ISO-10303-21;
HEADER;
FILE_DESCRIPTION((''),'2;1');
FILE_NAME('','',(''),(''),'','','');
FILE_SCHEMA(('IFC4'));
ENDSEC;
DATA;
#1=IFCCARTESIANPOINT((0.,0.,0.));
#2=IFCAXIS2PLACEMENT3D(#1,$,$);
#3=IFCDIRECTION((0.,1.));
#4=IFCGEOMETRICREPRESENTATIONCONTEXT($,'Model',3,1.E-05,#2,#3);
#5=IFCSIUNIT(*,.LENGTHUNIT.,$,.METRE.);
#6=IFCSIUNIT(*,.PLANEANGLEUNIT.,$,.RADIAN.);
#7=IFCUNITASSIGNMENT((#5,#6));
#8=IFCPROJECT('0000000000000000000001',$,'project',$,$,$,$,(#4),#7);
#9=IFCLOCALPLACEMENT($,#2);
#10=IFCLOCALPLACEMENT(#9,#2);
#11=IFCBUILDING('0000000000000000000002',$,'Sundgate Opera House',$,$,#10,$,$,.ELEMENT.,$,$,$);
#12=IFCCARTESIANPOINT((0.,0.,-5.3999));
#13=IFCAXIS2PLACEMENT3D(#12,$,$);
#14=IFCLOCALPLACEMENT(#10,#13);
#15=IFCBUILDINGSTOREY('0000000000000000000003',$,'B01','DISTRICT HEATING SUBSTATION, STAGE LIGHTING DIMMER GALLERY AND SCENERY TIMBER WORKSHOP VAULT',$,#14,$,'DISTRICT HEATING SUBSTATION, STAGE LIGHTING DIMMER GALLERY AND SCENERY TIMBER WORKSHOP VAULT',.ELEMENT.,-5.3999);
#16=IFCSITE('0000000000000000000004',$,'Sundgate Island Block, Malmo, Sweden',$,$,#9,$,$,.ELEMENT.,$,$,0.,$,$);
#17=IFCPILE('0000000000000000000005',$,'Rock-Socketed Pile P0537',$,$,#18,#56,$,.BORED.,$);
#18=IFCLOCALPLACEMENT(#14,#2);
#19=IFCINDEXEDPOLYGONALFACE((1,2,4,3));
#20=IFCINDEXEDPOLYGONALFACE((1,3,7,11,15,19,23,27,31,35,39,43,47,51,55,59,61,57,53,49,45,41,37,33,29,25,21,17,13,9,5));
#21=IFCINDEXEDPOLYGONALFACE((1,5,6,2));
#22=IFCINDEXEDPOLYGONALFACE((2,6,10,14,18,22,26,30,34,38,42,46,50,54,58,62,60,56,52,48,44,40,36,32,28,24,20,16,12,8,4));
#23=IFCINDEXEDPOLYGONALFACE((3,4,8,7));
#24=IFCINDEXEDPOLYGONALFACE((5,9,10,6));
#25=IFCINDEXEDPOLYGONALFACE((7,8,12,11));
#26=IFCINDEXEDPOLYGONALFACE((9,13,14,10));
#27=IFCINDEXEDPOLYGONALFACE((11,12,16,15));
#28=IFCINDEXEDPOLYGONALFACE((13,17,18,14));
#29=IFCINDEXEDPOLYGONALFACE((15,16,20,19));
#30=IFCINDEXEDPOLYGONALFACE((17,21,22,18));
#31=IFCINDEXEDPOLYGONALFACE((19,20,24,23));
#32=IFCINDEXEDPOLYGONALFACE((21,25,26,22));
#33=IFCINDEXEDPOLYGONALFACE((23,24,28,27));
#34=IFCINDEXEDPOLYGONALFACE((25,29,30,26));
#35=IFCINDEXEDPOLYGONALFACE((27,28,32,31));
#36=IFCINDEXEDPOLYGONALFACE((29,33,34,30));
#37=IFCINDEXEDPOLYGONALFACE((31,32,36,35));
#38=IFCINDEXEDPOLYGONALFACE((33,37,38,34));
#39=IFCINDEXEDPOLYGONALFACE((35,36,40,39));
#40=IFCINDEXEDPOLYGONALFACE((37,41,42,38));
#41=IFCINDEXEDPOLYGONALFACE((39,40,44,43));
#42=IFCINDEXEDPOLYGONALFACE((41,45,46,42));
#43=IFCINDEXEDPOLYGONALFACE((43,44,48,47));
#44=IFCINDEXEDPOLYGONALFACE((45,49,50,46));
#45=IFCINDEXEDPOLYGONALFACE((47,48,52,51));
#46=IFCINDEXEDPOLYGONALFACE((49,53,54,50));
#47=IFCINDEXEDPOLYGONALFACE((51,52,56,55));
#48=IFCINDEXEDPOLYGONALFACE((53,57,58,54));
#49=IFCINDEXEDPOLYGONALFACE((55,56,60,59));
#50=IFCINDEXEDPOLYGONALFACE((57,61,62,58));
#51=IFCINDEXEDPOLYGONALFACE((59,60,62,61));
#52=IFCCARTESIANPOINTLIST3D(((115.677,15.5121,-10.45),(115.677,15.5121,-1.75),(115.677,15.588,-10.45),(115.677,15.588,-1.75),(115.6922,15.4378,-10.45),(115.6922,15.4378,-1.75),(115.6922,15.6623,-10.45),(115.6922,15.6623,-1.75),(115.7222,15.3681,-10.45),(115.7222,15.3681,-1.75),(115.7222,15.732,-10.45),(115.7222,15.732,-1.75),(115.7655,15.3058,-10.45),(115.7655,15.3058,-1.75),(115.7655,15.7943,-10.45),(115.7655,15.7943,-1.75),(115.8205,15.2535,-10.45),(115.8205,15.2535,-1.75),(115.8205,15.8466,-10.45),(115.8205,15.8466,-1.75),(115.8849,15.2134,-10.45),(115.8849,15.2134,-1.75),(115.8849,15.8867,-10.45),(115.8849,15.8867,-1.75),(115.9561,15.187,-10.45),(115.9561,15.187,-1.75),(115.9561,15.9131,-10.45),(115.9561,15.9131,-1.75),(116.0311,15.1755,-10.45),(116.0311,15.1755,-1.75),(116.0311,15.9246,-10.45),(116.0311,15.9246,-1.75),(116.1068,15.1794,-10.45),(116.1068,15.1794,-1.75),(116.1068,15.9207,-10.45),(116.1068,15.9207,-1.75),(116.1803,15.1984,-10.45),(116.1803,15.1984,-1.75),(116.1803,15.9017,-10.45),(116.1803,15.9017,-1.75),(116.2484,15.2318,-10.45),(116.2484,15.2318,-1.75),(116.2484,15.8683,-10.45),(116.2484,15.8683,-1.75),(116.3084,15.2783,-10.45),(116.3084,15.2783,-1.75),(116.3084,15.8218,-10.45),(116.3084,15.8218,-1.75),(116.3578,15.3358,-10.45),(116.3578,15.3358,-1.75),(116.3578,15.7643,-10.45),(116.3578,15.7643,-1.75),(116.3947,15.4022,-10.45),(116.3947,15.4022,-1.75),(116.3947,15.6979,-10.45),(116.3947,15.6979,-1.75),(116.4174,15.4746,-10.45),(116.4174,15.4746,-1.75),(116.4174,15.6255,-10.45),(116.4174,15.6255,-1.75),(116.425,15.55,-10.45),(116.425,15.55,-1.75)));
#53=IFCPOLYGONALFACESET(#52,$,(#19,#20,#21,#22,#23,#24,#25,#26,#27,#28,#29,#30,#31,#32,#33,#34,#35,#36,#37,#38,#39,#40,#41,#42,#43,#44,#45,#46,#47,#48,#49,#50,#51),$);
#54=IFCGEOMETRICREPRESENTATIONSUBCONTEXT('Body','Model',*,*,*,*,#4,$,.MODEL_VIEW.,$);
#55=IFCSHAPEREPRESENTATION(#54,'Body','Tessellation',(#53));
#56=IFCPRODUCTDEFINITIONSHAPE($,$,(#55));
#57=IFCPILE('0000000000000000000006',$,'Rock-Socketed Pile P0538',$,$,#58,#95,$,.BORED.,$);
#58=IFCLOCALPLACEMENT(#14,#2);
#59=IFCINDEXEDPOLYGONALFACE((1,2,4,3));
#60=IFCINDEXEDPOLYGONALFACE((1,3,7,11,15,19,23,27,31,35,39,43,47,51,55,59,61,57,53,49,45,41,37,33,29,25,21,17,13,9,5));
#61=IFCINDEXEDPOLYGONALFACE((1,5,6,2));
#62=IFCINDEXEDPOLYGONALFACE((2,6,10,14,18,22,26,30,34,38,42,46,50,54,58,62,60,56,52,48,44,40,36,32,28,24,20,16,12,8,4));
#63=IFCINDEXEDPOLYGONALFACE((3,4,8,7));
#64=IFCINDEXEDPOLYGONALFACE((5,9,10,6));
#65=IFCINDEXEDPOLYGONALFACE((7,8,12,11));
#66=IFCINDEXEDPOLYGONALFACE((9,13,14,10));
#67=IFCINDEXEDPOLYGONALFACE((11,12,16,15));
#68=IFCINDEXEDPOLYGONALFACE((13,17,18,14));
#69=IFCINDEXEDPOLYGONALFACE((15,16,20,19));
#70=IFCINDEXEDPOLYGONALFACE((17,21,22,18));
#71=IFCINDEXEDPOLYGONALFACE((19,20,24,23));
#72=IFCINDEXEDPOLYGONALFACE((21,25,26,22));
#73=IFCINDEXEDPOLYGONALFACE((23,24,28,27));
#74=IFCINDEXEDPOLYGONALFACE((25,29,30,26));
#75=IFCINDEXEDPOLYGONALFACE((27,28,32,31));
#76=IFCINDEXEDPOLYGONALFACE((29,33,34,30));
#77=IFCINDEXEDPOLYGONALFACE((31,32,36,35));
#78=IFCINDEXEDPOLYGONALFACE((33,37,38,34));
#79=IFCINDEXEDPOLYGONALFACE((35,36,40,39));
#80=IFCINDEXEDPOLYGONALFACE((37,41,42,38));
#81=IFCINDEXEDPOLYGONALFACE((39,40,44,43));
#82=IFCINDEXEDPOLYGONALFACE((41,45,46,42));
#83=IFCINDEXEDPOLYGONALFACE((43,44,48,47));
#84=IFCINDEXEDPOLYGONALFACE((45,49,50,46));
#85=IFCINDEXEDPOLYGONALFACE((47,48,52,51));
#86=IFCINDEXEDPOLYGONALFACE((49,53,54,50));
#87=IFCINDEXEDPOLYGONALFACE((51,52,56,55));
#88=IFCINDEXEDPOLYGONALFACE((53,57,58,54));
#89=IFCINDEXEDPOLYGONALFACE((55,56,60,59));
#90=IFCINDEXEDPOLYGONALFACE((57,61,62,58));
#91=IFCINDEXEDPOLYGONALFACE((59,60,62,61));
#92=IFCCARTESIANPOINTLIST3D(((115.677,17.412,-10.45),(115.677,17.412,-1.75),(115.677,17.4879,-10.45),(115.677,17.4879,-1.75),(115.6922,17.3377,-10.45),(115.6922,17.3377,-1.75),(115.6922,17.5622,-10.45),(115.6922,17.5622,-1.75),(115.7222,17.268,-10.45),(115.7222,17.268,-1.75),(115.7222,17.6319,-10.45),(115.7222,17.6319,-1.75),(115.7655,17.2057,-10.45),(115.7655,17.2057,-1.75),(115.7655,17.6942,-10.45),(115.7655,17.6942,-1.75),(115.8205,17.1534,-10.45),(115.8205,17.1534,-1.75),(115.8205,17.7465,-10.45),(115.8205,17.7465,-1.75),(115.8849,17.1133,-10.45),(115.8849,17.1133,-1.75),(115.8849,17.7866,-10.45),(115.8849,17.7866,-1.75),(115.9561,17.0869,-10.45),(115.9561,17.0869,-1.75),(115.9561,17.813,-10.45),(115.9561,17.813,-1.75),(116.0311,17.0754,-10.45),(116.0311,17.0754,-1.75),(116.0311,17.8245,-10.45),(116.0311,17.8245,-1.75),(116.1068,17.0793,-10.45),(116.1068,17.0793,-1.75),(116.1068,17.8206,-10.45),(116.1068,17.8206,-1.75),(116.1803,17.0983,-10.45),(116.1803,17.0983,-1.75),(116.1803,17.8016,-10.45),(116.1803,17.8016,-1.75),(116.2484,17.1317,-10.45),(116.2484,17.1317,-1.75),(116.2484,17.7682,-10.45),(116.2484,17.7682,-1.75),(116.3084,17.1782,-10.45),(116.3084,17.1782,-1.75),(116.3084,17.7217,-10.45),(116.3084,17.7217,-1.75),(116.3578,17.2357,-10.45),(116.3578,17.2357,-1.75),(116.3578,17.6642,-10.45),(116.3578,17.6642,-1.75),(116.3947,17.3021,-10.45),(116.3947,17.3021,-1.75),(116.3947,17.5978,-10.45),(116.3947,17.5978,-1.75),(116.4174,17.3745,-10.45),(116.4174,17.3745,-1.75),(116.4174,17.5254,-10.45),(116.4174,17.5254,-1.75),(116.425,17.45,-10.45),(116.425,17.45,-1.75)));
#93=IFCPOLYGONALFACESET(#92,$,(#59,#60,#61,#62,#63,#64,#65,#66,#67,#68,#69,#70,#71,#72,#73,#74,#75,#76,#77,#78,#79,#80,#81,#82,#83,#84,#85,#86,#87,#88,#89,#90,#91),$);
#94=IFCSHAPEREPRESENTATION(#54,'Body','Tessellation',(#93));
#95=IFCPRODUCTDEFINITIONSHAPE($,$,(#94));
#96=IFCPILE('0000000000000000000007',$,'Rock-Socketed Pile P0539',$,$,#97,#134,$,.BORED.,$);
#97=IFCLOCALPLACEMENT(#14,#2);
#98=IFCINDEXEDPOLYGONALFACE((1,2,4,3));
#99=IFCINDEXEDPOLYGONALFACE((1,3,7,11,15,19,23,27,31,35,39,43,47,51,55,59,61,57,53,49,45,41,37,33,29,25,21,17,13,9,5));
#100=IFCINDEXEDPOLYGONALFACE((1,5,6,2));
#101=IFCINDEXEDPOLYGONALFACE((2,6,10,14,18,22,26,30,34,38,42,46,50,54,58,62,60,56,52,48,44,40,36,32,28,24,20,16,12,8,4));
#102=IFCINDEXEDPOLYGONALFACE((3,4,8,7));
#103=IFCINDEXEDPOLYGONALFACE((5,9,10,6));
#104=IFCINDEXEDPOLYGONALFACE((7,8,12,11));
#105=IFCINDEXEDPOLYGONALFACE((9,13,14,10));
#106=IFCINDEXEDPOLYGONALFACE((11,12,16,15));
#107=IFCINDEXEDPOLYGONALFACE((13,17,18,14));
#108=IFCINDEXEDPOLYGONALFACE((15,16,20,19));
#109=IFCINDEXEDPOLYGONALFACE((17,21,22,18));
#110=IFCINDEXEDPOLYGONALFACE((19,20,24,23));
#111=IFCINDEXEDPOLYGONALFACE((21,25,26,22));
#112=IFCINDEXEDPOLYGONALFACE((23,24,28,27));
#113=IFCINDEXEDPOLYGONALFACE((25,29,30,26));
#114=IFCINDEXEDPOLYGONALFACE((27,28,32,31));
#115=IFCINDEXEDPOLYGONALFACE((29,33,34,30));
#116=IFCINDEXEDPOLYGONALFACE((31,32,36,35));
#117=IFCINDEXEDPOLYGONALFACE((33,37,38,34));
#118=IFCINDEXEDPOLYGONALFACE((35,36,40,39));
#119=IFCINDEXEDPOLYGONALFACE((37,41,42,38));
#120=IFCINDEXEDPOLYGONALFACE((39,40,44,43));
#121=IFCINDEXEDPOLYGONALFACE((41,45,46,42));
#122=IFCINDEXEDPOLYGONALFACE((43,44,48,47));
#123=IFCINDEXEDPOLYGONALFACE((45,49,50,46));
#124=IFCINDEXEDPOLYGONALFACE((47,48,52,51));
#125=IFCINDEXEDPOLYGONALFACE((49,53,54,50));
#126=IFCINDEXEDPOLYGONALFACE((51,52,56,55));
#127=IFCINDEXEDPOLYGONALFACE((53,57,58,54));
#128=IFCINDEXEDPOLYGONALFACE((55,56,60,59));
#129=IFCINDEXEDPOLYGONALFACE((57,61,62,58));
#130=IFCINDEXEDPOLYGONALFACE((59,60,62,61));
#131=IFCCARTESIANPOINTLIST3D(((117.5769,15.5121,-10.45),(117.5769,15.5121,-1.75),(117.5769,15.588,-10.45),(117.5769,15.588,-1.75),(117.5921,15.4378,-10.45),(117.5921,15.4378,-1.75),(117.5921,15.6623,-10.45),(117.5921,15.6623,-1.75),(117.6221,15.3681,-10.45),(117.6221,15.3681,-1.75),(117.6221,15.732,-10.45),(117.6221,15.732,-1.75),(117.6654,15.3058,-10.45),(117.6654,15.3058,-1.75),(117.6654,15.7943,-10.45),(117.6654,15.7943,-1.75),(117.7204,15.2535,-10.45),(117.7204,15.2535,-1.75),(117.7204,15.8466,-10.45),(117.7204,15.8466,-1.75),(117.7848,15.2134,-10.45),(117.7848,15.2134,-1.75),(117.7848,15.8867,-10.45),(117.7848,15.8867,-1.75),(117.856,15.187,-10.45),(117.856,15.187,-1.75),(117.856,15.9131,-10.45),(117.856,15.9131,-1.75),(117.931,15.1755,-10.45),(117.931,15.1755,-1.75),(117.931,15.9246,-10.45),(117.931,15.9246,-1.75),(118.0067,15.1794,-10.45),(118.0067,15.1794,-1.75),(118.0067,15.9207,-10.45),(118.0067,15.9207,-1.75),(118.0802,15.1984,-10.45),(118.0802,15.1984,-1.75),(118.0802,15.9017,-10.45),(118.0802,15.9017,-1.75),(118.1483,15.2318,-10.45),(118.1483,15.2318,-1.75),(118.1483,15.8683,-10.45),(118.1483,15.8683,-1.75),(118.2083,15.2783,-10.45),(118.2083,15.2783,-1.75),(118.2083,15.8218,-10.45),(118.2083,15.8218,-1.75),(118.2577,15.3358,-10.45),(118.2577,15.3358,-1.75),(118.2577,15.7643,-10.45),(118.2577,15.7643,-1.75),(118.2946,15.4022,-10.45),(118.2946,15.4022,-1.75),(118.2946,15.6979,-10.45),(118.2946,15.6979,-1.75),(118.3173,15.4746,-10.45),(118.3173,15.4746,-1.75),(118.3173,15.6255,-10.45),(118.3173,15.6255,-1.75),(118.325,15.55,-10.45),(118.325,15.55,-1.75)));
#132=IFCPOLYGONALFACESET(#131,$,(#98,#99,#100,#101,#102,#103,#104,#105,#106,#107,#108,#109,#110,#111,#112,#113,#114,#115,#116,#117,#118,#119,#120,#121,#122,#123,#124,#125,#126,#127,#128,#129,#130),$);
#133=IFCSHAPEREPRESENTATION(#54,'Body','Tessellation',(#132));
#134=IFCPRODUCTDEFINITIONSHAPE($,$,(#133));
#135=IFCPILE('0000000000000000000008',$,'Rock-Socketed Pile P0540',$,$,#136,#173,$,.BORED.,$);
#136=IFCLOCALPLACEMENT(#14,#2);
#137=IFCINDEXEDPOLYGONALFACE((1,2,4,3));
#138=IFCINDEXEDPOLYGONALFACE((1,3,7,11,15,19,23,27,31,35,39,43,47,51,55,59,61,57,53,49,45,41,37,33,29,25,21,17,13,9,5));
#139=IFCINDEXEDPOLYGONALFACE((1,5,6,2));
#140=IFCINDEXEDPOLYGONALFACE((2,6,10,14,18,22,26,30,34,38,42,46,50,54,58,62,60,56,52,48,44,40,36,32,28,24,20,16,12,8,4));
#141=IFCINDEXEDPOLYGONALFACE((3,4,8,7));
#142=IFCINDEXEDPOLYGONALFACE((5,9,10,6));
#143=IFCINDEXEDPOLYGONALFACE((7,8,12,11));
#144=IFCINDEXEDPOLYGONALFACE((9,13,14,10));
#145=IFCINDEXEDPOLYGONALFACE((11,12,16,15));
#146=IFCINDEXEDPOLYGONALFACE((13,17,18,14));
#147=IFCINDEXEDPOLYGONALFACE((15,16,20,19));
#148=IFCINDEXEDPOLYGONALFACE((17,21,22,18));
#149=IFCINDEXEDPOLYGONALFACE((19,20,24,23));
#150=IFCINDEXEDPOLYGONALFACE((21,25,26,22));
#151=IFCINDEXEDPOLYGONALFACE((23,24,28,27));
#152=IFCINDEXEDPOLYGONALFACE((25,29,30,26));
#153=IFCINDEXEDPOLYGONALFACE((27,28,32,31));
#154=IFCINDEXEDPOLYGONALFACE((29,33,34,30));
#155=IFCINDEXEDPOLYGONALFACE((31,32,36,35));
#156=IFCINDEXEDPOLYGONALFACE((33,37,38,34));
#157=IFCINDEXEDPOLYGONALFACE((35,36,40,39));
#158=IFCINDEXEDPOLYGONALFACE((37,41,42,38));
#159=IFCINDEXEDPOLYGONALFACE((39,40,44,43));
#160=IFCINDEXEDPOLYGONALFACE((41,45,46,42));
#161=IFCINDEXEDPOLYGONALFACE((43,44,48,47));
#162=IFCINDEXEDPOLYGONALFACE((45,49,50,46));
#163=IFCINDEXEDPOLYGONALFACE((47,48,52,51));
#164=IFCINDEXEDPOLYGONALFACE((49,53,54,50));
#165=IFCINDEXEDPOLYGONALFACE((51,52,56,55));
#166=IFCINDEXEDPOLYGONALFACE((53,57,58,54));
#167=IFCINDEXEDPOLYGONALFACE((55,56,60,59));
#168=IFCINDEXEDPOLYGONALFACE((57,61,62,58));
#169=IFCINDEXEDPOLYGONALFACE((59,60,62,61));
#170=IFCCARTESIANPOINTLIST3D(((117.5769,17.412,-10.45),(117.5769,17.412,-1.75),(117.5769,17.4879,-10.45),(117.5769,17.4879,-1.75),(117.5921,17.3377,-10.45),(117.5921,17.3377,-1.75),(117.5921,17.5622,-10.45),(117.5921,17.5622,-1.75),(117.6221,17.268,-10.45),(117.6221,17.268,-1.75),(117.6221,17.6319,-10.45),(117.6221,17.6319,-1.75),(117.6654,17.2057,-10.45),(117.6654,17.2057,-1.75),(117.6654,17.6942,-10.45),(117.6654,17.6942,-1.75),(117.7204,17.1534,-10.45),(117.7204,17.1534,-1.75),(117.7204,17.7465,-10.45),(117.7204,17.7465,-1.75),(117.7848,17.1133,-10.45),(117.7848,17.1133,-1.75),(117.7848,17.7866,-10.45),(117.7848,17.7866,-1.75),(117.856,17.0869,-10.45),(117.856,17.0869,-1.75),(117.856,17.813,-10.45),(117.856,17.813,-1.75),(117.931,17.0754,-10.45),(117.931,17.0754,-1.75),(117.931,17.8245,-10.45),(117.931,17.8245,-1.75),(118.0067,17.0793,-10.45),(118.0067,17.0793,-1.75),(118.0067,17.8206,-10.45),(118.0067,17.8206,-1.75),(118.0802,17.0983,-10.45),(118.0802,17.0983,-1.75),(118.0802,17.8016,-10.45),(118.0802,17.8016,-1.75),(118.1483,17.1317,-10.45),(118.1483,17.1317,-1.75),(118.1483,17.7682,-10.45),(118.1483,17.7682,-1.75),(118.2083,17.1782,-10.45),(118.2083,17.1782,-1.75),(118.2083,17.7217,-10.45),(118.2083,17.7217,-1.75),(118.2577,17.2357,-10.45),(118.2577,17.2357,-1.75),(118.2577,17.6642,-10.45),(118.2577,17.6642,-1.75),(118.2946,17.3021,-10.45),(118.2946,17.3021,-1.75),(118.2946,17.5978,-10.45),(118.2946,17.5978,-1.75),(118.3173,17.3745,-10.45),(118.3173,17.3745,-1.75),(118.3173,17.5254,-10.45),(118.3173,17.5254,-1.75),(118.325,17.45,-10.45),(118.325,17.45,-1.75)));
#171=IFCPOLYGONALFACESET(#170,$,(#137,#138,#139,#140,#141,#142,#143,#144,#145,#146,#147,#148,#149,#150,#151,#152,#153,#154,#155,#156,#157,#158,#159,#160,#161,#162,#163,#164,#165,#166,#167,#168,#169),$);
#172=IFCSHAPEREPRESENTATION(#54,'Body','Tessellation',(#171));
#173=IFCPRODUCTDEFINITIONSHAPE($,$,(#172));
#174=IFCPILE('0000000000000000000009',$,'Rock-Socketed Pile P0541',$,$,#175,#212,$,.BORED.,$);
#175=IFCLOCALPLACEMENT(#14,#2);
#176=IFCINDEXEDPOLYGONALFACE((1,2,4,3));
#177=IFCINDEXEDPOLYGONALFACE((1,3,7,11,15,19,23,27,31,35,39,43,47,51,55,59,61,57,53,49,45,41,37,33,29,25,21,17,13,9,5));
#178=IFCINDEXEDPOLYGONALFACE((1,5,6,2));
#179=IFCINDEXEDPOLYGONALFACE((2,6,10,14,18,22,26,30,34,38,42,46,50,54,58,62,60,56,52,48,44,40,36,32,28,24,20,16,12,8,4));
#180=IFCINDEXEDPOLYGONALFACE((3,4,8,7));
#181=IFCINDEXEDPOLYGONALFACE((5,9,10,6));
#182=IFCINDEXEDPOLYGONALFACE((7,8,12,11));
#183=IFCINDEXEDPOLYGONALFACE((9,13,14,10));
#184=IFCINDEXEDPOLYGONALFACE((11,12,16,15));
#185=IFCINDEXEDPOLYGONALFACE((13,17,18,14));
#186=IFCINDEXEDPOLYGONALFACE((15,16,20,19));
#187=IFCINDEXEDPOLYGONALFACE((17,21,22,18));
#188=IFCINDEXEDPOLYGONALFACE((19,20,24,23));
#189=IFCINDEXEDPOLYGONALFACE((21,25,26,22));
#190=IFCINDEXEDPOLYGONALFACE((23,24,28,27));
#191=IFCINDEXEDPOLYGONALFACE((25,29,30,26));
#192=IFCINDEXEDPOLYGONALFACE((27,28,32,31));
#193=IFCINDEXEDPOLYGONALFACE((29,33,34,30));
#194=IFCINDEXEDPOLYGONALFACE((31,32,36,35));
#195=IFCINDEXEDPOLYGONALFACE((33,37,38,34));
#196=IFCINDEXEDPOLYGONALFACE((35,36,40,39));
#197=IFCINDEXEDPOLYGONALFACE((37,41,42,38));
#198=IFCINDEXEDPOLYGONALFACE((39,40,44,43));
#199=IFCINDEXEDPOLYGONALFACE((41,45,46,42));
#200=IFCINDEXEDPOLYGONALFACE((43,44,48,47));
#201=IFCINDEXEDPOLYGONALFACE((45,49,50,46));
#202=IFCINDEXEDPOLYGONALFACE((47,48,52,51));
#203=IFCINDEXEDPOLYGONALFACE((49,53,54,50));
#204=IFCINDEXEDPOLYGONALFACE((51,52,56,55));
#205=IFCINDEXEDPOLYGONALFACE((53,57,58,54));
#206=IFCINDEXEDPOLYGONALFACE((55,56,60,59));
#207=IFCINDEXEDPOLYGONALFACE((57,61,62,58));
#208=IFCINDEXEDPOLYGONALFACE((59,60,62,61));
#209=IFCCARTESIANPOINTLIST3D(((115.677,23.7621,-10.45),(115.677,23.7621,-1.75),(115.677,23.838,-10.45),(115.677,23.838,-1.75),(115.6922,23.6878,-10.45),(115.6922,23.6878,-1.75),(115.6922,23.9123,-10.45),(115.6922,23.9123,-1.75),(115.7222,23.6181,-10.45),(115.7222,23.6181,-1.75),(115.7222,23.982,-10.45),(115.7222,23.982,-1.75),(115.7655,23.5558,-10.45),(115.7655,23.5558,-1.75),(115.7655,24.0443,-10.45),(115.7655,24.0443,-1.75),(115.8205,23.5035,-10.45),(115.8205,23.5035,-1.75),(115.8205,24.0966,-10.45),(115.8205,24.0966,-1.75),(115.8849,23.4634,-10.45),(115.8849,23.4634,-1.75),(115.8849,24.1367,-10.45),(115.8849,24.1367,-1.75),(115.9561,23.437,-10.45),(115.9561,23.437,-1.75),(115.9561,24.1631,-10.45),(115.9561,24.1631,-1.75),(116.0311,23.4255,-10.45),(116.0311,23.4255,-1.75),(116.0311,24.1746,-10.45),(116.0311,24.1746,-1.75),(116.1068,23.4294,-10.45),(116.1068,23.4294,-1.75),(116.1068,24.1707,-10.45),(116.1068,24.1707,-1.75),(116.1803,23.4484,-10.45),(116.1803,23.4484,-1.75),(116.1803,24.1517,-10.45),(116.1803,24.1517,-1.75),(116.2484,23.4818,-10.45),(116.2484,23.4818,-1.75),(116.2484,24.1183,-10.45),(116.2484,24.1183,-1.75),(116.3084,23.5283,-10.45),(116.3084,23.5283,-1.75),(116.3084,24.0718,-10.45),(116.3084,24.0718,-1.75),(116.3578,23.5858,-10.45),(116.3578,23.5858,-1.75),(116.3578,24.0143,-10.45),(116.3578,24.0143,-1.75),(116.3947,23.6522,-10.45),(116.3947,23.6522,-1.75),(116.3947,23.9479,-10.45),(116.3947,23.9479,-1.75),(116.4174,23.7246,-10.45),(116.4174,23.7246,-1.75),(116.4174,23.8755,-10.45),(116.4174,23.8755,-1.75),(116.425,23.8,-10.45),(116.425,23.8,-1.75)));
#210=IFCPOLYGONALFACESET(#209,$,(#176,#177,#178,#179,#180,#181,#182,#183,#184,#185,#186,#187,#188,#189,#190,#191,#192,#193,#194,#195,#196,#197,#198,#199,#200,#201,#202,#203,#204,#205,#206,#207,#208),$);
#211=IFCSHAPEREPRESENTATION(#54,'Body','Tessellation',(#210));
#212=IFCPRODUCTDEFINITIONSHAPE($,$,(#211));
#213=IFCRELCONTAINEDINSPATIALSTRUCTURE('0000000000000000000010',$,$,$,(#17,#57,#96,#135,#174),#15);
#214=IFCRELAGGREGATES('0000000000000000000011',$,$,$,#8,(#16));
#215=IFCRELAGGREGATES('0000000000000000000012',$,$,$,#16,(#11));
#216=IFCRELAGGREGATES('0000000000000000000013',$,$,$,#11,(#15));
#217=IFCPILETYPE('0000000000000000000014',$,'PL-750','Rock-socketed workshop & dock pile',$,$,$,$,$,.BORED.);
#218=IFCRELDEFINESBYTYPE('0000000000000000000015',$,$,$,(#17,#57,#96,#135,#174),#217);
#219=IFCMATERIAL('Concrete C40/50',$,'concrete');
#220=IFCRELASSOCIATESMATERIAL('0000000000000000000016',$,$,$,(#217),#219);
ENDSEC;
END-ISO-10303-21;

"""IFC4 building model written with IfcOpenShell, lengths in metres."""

from ifc_helpers import new_model, si_unit, direction, frame, origin, origin_2d, place, context, subcontext, project, spatial, circle, extrude, material, material_profile, profile_set, type_object, element, save


model = new_model("IFC4")

# Units and contexts
model_context = context("Model", 3, precision=1e-05, world=origin(), true_north=direction((0.0, 1.0)))
body_context = subcontext(model_context, "Body", "Model", "MODEL_VIEW")
ifc_project = project(units=[si_unit("LENGTHUNIT", "METRE"), si_unit("PLANEANGLEUNIT", "RADIAN")], contexts=[model_context])

# Site, building, storey
site_placement = place(None, origin())
site = spatial("IfcSite", under=ifc_project, at=site_placement, Name="Sundgate Island Block, Malmo, Sweden", CompositionType="ELEMENT", RefElevation=0.0)
building_placement = place(site_placement, origin())
building = spatial("IfcBuilding", under=site, at=building_placement, Name="Sundgate Opera House", CompositionType="ELEMENT")
storey_placement = place(building_placement, frame((0.0, 0.0, -5.3999)))
storey = spatial("IfcBuildingStorey", under=building, at=storey_placement, Name="B01", Description="DISTRICT HEATING SUBSTATION, STAGE LIGHTING DIMMER GALLERY AND SCENERY TIMBER WORKSHOP VAULT", LongName="DISTRICT HEATING SUBSTATION, STAGE LIGHTING DIMMER GALLERY AND SCENERY TIMBER WORKSHOP VAULT", CompositionType="ELEMENT", Elevation=-5.3999)

# Piles
ifc_material_1 = material(Name="Concrete C40/50", Category="concrete")
ifc_material_profile_1 = material_profile(ifc_material_1, circle(Radius=0.375, at=origin_2d()), Name="PILE D750")
ifc_profile_set_1 = profile_set([ifc_material_profile_1], Name="Concrete C40/50")
pile_type = type_object("IfcPileType", Name="PL-750", Description="Rock-socketed workshop & dock pile", PredefinedType="BORED", material=ifc_profile_set_1)
for number, where, z_axis, x_axis, name in (
    (1, (116.05, 15.55, -1.75), (0.0, 0.0, -1.0), (1.0, 0.0, 0.0), "Rock-Socketed Pile P0537"),
    (2, (116.05, 17.45, -1.75), (0.0, 0.0, -1.0), (1.0, 0.0, 0.0), "Rock-Socketed Pile P0538"),
    (3, (117.95, 15.55, -1.75), (0.0, 0.0, -1.0), (1.0, 0.0, 0.0), "Rock-Socketed Pile P0539"),
    (4, (117.95, 17.45, -1.75), (0.0, 0.0, -1.0), (1.0, 0.0, 0.0), "Rock-Socketed Pile P0540"),
    (5, (116.05, 23.8, -1.75), (0.0, 0.0, -1.0), (1.0, 0.0, 0.0), "Rock-Socketed Pile P0541"),
):
    element("IfcPile", number, at=place(storey_placement, frame(where, z_axis=z_axis, x_axis=x_axis)), inside=storey, type_object=pile_type, Name=name, PredefinedType="BORED", context=body_context, shape_type="SweptSolid", body=[
        extrude(circle(Radius=0.375, at=origin_2d()), origin(), (0.0, 0.0, 1.0), 8.7),
    ])

save(model, "model.ifc")
